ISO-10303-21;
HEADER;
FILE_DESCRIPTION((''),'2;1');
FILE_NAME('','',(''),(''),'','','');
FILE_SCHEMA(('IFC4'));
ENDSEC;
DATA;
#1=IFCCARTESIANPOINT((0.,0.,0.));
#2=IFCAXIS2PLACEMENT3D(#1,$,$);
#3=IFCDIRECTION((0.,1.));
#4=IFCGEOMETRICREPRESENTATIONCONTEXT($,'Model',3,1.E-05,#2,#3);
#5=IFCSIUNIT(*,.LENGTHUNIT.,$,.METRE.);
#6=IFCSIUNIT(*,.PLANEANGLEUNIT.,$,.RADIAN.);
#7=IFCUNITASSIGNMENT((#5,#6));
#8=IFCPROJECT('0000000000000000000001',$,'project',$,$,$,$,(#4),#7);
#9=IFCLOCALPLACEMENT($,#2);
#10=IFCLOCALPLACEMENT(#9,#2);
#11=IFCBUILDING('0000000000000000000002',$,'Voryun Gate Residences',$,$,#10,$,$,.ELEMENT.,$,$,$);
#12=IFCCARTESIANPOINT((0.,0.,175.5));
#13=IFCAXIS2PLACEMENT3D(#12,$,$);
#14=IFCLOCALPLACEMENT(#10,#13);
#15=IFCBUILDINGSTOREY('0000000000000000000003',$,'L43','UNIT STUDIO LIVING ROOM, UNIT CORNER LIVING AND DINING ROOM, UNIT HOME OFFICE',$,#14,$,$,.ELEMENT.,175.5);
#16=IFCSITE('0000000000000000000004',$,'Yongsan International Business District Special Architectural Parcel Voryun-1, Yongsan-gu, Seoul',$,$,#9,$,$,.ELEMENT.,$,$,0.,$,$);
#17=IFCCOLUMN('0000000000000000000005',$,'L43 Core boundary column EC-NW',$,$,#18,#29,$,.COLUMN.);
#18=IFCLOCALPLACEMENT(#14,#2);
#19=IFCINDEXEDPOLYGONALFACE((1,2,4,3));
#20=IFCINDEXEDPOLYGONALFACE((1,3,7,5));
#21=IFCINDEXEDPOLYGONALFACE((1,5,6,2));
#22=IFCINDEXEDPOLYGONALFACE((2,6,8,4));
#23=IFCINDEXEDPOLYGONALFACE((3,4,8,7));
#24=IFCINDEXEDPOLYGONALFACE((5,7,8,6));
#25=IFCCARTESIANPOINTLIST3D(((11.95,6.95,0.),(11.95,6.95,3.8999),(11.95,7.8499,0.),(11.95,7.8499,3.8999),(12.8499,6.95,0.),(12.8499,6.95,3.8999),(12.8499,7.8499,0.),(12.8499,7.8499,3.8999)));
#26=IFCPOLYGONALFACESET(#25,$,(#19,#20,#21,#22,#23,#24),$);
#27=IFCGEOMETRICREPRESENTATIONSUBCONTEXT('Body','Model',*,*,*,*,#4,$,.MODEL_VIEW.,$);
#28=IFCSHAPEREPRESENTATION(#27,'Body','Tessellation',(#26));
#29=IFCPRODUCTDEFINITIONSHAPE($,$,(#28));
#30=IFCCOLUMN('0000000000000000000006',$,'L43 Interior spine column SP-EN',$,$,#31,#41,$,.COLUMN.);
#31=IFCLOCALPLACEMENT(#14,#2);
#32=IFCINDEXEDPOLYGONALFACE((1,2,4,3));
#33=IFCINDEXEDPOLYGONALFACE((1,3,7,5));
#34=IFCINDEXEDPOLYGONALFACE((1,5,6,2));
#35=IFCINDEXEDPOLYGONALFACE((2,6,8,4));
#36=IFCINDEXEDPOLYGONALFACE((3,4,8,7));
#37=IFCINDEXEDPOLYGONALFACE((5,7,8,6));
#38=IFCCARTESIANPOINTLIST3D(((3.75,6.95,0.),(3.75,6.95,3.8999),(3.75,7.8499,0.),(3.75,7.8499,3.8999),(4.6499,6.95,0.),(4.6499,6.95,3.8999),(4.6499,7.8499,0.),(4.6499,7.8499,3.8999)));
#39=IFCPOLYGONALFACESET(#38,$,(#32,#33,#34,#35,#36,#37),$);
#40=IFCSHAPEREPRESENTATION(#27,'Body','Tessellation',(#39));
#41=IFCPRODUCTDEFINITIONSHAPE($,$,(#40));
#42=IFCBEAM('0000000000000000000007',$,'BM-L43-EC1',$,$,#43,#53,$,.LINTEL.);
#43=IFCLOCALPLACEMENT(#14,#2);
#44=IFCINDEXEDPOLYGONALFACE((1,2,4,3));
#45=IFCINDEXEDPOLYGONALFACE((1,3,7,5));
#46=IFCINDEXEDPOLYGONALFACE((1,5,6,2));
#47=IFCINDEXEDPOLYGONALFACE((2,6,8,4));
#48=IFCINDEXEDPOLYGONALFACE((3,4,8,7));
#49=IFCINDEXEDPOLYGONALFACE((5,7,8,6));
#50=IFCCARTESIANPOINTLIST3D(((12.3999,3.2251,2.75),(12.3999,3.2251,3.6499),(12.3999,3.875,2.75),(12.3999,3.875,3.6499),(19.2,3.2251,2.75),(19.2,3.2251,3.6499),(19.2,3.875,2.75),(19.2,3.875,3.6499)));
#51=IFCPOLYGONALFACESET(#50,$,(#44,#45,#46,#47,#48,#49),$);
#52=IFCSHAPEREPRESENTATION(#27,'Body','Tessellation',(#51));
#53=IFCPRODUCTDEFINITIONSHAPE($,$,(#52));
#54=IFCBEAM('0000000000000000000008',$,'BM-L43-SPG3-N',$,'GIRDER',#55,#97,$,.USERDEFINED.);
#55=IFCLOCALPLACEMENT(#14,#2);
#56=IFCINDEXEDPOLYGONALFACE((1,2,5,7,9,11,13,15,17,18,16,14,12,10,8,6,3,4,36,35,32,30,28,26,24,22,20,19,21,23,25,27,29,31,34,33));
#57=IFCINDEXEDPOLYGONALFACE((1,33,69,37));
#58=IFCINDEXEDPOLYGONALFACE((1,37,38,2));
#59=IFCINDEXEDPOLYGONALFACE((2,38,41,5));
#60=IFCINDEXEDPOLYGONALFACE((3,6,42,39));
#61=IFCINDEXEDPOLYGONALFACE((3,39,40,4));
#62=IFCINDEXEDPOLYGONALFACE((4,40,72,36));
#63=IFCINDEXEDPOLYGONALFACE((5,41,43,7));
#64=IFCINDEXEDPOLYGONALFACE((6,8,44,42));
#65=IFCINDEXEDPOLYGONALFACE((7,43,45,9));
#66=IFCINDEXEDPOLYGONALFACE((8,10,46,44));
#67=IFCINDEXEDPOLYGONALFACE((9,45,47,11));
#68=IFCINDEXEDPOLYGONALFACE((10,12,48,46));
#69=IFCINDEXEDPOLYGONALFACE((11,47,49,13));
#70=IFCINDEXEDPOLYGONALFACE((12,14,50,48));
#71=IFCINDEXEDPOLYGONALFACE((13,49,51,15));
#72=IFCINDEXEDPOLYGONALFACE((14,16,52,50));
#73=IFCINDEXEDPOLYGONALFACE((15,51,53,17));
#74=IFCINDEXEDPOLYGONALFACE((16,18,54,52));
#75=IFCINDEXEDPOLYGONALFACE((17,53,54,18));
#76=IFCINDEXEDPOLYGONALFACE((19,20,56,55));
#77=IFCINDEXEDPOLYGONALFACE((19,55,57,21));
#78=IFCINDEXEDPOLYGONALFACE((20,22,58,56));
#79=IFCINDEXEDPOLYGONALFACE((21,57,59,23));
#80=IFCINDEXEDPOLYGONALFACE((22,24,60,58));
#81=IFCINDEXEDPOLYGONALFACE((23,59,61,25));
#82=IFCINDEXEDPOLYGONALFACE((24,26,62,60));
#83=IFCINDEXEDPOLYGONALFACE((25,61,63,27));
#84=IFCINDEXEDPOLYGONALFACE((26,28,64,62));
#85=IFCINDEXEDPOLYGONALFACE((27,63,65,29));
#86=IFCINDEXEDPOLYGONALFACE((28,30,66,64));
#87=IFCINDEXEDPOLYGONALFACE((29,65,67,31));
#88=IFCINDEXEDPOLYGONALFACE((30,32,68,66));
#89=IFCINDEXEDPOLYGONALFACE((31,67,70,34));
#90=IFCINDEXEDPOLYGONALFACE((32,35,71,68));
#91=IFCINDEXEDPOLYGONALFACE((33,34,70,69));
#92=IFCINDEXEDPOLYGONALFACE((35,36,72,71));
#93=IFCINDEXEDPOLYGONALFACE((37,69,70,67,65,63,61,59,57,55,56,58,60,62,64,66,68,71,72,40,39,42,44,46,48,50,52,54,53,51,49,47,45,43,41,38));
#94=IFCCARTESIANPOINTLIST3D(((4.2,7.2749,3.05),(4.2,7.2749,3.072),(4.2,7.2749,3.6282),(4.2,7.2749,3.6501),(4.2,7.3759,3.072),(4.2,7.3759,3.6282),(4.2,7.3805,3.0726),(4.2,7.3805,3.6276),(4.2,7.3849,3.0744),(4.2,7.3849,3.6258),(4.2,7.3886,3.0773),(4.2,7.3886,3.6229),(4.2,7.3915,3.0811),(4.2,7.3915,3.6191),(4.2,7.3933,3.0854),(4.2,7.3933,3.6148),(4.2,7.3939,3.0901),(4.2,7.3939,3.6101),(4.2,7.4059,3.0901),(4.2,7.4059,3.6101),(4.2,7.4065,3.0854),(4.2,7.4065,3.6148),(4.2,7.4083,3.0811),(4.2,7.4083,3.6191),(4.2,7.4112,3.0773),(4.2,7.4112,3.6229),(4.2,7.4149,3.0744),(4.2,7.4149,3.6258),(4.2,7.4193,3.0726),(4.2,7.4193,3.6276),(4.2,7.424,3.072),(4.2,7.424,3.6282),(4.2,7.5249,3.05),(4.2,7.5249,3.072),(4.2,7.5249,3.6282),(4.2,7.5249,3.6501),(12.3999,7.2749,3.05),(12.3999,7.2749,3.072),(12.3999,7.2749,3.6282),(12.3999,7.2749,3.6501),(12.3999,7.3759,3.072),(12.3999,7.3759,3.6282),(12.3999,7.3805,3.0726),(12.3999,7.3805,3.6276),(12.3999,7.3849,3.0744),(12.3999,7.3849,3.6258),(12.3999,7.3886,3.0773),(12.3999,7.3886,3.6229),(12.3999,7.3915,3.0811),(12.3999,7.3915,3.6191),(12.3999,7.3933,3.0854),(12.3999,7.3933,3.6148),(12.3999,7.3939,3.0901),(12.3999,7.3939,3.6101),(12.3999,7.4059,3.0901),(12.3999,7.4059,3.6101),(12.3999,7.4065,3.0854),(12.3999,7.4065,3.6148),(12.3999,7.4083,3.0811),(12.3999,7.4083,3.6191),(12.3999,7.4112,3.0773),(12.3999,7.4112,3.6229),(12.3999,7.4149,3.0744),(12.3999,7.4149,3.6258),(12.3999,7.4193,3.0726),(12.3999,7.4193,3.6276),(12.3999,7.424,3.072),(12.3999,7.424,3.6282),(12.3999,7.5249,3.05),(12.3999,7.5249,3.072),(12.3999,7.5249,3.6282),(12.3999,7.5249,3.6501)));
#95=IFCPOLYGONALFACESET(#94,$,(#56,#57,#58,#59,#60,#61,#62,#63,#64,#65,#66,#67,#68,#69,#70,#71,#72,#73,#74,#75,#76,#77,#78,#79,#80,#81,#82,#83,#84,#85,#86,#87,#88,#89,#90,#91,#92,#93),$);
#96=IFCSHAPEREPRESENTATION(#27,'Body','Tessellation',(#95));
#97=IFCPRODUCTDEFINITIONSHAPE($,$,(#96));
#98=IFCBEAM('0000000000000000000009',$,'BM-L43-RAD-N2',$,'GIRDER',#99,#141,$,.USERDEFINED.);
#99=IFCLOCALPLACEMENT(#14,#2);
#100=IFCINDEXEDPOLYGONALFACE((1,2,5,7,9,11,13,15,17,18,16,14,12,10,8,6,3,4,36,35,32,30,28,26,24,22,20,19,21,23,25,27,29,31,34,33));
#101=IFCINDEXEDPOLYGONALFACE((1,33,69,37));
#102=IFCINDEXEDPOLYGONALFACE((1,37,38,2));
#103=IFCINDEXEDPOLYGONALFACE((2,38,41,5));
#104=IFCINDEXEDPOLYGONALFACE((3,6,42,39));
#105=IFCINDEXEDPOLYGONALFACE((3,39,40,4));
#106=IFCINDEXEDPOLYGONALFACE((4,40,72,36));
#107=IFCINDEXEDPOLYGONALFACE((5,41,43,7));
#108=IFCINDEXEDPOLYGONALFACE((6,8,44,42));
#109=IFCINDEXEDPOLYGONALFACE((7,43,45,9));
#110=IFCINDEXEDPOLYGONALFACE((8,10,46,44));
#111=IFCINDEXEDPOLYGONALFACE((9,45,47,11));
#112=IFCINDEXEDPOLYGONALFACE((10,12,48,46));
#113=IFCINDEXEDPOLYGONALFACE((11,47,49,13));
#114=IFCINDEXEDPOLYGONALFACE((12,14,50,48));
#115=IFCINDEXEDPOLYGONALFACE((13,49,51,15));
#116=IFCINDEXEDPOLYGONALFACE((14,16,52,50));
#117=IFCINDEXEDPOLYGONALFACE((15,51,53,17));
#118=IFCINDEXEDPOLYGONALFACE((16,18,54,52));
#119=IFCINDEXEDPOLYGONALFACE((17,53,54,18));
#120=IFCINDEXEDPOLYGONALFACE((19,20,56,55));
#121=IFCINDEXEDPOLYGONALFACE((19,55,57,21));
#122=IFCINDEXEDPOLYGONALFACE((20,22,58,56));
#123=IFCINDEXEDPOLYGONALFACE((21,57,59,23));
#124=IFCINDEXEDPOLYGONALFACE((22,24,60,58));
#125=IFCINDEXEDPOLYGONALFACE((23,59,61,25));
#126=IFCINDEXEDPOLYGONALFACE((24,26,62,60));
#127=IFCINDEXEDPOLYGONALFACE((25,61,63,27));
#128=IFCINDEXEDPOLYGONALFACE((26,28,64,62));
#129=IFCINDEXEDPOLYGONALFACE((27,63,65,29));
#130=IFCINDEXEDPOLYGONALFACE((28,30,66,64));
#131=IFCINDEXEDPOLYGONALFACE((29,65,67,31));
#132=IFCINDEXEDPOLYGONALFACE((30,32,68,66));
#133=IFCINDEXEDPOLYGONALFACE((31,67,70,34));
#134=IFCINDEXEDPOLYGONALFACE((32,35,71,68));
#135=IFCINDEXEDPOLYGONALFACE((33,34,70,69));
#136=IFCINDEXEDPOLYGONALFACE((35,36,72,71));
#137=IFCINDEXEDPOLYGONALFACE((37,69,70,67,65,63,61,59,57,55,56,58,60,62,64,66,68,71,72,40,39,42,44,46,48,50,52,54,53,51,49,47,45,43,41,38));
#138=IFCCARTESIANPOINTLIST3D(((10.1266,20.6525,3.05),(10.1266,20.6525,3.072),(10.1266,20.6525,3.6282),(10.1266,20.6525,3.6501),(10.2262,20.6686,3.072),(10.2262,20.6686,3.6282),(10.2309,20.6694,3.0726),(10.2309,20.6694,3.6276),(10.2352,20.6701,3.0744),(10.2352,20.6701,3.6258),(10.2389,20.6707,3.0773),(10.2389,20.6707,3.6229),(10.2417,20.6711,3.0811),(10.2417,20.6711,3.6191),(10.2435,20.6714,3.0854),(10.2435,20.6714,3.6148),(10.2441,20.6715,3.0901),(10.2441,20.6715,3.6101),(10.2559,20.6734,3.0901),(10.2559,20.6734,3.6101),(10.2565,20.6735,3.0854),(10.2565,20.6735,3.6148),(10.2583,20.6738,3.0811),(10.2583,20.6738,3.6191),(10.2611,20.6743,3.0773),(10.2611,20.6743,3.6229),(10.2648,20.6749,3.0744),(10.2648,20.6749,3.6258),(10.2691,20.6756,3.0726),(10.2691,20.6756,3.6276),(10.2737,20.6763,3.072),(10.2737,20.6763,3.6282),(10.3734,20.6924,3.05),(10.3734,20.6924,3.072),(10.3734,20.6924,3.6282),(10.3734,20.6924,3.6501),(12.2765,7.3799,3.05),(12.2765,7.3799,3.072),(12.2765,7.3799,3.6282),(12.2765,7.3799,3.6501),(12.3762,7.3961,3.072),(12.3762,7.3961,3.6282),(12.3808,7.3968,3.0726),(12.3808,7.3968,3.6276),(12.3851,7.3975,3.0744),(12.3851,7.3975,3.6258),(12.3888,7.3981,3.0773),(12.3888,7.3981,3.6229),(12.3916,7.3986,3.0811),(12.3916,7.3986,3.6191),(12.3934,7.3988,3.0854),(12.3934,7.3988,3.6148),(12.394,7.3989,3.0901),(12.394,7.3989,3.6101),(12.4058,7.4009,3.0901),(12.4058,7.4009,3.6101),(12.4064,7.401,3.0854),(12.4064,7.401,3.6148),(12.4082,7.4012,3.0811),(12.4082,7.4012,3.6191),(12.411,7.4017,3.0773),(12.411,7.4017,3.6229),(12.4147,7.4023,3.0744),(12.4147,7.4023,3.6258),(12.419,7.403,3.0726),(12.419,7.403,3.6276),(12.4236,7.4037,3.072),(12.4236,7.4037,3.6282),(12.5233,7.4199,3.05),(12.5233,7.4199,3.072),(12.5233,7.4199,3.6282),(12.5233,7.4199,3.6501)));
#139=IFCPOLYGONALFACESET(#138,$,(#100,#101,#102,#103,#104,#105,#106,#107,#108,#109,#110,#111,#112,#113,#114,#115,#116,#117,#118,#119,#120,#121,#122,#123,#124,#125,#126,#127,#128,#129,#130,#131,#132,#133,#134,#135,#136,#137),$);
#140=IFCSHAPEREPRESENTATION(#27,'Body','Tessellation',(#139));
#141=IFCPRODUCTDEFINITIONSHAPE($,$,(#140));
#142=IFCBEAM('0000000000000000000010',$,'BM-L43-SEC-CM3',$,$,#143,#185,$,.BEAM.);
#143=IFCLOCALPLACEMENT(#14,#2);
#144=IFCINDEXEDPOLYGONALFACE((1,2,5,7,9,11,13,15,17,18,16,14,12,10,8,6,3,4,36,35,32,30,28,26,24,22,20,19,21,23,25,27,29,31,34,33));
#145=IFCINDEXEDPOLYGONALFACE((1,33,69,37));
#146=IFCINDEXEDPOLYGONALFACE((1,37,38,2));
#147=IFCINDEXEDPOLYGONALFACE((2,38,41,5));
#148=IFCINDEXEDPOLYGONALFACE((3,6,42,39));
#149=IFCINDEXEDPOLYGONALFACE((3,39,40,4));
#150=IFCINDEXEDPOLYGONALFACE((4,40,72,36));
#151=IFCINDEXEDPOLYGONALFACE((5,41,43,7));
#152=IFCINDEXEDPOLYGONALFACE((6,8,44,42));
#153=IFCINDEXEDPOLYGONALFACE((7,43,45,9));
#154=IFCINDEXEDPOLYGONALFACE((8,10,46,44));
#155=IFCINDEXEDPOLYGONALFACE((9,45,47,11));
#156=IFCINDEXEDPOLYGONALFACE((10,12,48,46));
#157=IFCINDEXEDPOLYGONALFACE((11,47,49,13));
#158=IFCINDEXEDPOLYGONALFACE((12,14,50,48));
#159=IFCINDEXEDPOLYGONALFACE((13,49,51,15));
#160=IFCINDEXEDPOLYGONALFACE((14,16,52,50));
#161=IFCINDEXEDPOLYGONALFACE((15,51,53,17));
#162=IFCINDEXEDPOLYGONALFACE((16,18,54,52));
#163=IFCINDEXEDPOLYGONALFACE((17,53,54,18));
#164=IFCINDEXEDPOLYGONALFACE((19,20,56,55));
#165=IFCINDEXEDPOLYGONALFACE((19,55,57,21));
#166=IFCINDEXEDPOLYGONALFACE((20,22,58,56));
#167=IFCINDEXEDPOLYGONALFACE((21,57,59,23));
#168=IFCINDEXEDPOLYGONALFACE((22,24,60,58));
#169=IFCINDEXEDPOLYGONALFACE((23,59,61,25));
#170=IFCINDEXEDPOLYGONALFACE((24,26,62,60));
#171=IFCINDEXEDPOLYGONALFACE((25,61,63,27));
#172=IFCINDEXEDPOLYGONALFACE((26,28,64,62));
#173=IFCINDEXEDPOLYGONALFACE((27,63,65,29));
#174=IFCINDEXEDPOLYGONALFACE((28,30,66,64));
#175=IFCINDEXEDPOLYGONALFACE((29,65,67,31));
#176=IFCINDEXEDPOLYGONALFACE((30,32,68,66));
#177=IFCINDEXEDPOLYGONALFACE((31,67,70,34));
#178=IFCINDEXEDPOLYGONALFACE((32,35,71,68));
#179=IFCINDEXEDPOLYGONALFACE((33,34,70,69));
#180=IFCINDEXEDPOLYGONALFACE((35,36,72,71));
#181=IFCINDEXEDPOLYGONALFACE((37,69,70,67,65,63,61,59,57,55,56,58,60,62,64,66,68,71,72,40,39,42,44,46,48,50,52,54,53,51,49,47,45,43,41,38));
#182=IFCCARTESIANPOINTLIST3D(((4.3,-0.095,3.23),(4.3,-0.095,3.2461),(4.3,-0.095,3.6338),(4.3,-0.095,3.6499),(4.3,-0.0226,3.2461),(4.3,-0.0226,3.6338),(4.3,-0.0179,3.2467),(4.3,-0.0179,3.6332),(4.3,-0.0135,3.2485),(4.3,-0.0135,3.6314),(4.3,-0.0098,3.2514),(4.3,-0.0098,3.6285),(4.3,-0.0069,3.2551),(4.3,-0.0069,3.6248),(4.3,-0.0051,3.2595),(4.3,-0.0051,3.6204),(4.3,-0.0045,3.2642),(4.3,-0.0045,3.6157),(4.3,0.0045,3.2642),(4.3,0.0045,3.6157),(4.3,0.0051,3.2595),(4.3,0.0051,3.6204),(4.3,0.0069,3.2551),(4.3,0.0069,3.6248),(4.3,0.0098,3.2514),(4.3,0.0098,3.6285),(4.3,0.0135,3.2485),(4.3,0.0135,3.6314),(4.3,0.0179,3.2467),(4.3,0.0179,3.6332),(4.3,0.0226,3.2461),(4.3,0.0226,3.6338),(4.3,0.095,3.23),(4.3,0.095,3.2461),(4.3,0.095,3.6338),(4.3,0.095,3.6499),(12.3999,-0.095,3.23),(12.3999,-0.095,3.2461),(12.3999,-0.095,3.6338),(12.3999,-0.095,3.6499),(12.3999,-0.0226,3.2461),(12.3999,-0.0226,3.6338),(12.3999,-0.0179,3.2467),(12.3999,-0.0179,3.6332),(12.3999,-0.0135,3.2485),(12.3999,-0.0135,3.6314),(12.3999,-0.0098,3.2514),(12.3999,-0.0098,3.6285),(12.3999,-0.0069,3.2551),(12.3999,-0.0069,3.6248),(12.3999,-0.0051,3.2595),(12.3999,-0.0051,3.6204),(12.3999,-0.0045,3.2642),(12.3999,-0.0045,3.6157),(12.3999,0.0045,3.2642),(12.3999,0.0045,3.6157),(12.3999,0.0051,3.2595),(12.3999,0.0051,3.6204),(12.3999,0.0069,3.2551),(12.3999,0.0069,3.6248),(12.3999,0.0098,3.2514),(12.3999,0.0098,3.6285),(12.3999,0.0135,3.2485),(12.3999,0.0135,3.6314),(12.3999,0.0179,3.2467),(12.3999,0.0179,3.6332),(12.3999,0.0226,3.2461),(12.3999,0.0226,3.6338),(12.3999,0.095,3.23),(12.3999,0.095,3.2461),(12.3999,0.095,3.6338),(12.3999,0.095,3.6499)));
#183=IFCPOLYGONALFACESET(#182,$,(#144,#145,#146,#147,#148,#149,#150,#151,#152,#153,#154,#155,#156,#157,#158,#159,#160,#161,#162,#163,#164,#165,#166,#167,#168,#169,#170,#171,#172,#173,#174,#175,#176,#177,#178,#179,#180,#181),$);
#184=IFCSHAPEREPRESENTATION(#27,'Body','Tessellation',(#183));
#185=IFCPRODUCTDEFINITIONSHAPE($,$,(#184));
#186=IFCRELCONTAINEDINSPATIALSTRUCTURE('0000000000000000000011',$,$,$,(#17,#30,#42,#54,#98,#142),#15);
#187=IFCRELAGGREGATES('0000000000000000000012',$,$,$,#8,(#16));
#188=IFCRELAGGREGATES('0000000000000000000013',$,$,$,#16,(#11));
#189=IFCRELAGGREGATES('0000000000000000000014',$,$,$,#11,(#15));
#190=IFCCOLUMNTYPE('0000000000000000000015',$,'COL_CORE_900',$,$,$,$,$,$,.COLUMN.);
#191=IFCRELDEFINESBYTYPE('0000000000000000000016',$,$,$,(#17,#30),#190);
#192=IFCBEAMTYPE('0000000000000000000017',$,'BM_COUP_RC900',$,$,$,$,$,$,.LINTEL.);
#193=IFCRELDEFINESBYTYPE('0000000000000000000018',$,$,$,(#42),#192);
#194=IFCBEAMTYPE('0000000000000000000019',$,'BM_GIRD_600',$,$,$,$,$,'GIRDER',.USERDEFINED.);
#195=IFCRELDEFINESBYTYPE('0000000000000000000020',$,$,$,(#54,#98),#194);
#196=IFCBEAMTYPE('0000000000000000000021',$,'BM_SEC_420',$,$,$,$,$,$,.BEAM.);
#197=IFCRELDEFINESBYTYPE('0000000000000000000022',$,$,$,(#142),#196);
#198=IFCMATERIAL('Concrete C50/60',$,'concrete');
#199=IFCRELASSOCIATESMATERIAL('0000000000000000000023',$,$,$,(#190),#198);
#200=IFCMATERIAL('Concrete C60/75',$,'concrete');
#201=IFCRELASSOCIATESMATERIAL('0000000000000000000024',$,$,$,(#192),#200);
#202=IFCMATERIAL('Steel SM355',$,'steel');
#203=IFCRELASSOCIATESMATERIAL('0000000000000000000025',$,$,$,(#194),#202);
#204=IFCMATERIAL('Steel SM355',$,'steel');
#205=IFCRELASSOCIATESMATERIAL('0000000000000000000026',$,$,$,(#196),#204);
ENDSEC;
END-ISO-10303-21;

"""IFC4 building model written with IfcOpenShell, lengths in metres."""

from ifc_helpers import new_model, si_unit, direction, frame, origin, origin_2d, place, context, subcontext, project, spatial, rectangle, i_section, extrude, material, material_profile, profile_set, type_object, element, save


model = new_model("IFC4")

# Units and contexts
model_context = context("Model", 3, precision=1e-05, world=origin(), true_north=direction((0.0, 1.0)))
body_context = subcontext(model_context, "Body", "Model", "MODEL_VIEW")
ifc_project = project(units=[si_unit("LENGTHUNIT", "METRE"), si_unit("PLANEANGLEUNIT", "RADIAN")], contexts=[model_context])

# Site, building, storey
site_placement = place(None, origin())
site = spatial("IfcSite", under=ifc_project, at=site_placement, Name="Yongsan International Business District Special Architectural Parcel Voryun-1, Yongsan-gu, Seoul", CompositionType="ELEMENT", RefElevation=0.0)
building_placement = place(site_placement, origin())
building = spatial("IfcBuilding", under=site, at=building_placement, Name="Voryun Gate Residences", CompositionType="ELEMENT")
storey_placement = place(building_placement, frame((0.0, 0.0, 175.5)))
storey = spatial("IfcBuildingStorey", under=building, at=storey_placement, Name="L43", Description="UNIT STUDIO LIVING ROOM, UNIT CORNER LIVING AND DINING ROOM, UNIT HOME OFFICE", CompositionType="ELEMENT", Elevation=175.5)

# Columns
ifc_material_1 = material(Name="Concrete C50/60", Category="concrete")
ifc_material_profile_1 = material_profile(ifc_material_1, rectangle(XDim=0.8999, YDim=0.8999, at=origin_2d()), Name="RC-900x900")
ifc_profile_set_1 = profile_set([ifc_material_profile_1], Name="Concrete C50/60")
column_type = type_object("IfcColumnType", Name="COL_CORE_900", PredefinedType="COLUMN", material=ifc_profile_set_1)
for number, where, z_axis, x_axis, name in (
    (1, (12.3999, 7.3999, 0.0), (0.0, 0.0, 1.0), (1.0, 0.0, 0.0), "L43 Core boundary column EC-NW"),
    (2, (4.2, 7.3999, 0.0), (0.0, 0.0, 1.0), (1.0, 0.0, 0.0), "L43 Interior spine column SP-EN"),
):
    element("IfcColumn", number, at=place(storey_placement, frame(where, z_axis=z_axis, x_axis=x_axis)), inside=storey, type_object=column_type, Name=name, PredefinedType="COLUMN", context=body_context, shape_type="SweptSolid", body=[
        extrude(rectangle(XDim=0.8999, YDim=0.8999, at=origin_2d()), origin(), (0.0, 0.0, 1.0), 3.8999),
    ])

# Beams
ifc_material_2 = material(Name="Concrete C60/75", Category="concrete")
ifc_material_profile_2 = material_profile(ifc_material_2, rectangle(XDim=0.6499, YDim=0.8999, at=origin_2d()), Name="RC-650x900")
ifc_profile_set_2 = profile_set([ifc_material_profile_2], Name="Concrete C60/75")
beam_type_1 = type_object("IfcBeamType", Name="BM_COUP_RC900", PredefinedType="LINTEL", material=ifc_profile_set_2)
beam_1_placement = place(storey_placement, frame((12.3999, 3.55, 3.2), z_axis=(1.0, 0.0, 0.0), x_axis=(0.0, 1.0, 0.0)))
element("IfcBeam", 3, at=beam_1_placement, inside=storey, type_object=beam_type_1, Name="BM-L43-EC1", PredefinedType="LINTEL", context=body_context, shape_type="SweptSolid", body=[
    extrude(rectangle(XDim=0.6499, YDim=0.8999, at=origin_2d()), origin(), (0.0, 0.0, 1.0), 6.8),
])
ifc_material_3 = material(Name="Steel SM355", Category="steel")
ifc_material_profile_3 = material_profile(ifc_material_3, i_section(OverallWidth=0.25, OverallDepth=0.6001, WebThickness=0.012, FlangeThickness=0.022, FilletRadius=0.0181, at=origin_2d()), Name="H-600x250x12x22")
ifc_profile_set_3 = profile_set([ifc_material_profile_3], Name="Steel SM355")
beam_type_2 = type_object("IfcBeamType", Name="BM_GIRD_600", ElementType="GIRDER", PredefinedType="USERDEFINED", material=ifc_profile_set_3)
beam_2_placement = place(storey_placement, frame((4.2, 7.3999, 3.3501), z_axis=(1.0, 0.0, 0.0), x_axis=(0.0, 1.0, 0.0)))
element("IfcBeam", 4, at=beam_2_placement, inside=storey, type_object=beam_type_2, Name="BM-L43-SPG3-N", ObjectType="GIRDER", PredefinedType="USERDEFINED", context=body_context, shape_type="SweptSolid", body=[
    extrude(i_section(OverallWidth=0.25, OverallDepth=0.6001, WebThickness=0.012, FlangeThickness=0.022, FilletRadius=0.0181, at=origin_2d()), origin(), (0.0, 0.0, 1.0), 8.2),
])
beam_3_placement = place(storey_placement, frame((12.3999, 7.3999, 3.3501), z_axis=(-0.159898, 0.987134, 0.0), x_axis=(-0.987134, -0.159898, 0.0)))
element("IfcBeam", 5, at=beam_3_placement, inside=storey, type_object=beam_type_2, Name="BM-L43-RAD-N2", ObjectType="GIRDER", PredefinedType="USERDEFINED", context=body_context, shape_type="SweptSolid", body=[
    extrude(i_section(OverallWidth=0.25, OverallDepth=0.6001, WebThickness=0.012, FlangeThickness=0.022, FilletRadius=0.0181, at=origin_2d()), origin(), (0.0, 0.0, 1.0), 13.4456),
])
ifc_material_4 = material(Name="Steel SM355", Category="steel")
ifc_material_profile_4 = material_profile(ifc_material_4, i_section(OverallWidth=0.1899, OverallDepth=0.4199, WebThickness=0.009, FlangeThickness=0.0161, FilletRadius=0.0181, at=origin_2d()), Name="H-420x190x9x16")
ifc_profile_set_4 = profile_set([ifc_material_profile_4], Name="Steel SM355")
beam_type_3 = type_object("IfcBeamType", Name="BM_SEC_420", PredefinedType="BEAM", material=ifc_profile_set_4)
beam_4_placement = place(storey_placement, frame((4.3, 0.0, 3.4399), z_axis=(1.0, 0.0, 0.0), x_axis=(0.0, 1.0, 0.0)))
element("IfcBeam", 6, at=beam_4_placement, inside=storey, type_object=beam_type_3, Name="BM-L43-SEC-CM3", PredefinedType="BEAM", context=body_context, shape_type="SweptSolid", body=[
    extrude(i_section(OverallWidth=0.1899, OverallDepth=0.4199, WebThickness=0.009, FlangeThickness=0.0161, FilletRadius=0.0181, at=origin_2d()), origin(), (0.0, 0.0, 1.0), 8.0999),
])

save(model, "model.ifc")
